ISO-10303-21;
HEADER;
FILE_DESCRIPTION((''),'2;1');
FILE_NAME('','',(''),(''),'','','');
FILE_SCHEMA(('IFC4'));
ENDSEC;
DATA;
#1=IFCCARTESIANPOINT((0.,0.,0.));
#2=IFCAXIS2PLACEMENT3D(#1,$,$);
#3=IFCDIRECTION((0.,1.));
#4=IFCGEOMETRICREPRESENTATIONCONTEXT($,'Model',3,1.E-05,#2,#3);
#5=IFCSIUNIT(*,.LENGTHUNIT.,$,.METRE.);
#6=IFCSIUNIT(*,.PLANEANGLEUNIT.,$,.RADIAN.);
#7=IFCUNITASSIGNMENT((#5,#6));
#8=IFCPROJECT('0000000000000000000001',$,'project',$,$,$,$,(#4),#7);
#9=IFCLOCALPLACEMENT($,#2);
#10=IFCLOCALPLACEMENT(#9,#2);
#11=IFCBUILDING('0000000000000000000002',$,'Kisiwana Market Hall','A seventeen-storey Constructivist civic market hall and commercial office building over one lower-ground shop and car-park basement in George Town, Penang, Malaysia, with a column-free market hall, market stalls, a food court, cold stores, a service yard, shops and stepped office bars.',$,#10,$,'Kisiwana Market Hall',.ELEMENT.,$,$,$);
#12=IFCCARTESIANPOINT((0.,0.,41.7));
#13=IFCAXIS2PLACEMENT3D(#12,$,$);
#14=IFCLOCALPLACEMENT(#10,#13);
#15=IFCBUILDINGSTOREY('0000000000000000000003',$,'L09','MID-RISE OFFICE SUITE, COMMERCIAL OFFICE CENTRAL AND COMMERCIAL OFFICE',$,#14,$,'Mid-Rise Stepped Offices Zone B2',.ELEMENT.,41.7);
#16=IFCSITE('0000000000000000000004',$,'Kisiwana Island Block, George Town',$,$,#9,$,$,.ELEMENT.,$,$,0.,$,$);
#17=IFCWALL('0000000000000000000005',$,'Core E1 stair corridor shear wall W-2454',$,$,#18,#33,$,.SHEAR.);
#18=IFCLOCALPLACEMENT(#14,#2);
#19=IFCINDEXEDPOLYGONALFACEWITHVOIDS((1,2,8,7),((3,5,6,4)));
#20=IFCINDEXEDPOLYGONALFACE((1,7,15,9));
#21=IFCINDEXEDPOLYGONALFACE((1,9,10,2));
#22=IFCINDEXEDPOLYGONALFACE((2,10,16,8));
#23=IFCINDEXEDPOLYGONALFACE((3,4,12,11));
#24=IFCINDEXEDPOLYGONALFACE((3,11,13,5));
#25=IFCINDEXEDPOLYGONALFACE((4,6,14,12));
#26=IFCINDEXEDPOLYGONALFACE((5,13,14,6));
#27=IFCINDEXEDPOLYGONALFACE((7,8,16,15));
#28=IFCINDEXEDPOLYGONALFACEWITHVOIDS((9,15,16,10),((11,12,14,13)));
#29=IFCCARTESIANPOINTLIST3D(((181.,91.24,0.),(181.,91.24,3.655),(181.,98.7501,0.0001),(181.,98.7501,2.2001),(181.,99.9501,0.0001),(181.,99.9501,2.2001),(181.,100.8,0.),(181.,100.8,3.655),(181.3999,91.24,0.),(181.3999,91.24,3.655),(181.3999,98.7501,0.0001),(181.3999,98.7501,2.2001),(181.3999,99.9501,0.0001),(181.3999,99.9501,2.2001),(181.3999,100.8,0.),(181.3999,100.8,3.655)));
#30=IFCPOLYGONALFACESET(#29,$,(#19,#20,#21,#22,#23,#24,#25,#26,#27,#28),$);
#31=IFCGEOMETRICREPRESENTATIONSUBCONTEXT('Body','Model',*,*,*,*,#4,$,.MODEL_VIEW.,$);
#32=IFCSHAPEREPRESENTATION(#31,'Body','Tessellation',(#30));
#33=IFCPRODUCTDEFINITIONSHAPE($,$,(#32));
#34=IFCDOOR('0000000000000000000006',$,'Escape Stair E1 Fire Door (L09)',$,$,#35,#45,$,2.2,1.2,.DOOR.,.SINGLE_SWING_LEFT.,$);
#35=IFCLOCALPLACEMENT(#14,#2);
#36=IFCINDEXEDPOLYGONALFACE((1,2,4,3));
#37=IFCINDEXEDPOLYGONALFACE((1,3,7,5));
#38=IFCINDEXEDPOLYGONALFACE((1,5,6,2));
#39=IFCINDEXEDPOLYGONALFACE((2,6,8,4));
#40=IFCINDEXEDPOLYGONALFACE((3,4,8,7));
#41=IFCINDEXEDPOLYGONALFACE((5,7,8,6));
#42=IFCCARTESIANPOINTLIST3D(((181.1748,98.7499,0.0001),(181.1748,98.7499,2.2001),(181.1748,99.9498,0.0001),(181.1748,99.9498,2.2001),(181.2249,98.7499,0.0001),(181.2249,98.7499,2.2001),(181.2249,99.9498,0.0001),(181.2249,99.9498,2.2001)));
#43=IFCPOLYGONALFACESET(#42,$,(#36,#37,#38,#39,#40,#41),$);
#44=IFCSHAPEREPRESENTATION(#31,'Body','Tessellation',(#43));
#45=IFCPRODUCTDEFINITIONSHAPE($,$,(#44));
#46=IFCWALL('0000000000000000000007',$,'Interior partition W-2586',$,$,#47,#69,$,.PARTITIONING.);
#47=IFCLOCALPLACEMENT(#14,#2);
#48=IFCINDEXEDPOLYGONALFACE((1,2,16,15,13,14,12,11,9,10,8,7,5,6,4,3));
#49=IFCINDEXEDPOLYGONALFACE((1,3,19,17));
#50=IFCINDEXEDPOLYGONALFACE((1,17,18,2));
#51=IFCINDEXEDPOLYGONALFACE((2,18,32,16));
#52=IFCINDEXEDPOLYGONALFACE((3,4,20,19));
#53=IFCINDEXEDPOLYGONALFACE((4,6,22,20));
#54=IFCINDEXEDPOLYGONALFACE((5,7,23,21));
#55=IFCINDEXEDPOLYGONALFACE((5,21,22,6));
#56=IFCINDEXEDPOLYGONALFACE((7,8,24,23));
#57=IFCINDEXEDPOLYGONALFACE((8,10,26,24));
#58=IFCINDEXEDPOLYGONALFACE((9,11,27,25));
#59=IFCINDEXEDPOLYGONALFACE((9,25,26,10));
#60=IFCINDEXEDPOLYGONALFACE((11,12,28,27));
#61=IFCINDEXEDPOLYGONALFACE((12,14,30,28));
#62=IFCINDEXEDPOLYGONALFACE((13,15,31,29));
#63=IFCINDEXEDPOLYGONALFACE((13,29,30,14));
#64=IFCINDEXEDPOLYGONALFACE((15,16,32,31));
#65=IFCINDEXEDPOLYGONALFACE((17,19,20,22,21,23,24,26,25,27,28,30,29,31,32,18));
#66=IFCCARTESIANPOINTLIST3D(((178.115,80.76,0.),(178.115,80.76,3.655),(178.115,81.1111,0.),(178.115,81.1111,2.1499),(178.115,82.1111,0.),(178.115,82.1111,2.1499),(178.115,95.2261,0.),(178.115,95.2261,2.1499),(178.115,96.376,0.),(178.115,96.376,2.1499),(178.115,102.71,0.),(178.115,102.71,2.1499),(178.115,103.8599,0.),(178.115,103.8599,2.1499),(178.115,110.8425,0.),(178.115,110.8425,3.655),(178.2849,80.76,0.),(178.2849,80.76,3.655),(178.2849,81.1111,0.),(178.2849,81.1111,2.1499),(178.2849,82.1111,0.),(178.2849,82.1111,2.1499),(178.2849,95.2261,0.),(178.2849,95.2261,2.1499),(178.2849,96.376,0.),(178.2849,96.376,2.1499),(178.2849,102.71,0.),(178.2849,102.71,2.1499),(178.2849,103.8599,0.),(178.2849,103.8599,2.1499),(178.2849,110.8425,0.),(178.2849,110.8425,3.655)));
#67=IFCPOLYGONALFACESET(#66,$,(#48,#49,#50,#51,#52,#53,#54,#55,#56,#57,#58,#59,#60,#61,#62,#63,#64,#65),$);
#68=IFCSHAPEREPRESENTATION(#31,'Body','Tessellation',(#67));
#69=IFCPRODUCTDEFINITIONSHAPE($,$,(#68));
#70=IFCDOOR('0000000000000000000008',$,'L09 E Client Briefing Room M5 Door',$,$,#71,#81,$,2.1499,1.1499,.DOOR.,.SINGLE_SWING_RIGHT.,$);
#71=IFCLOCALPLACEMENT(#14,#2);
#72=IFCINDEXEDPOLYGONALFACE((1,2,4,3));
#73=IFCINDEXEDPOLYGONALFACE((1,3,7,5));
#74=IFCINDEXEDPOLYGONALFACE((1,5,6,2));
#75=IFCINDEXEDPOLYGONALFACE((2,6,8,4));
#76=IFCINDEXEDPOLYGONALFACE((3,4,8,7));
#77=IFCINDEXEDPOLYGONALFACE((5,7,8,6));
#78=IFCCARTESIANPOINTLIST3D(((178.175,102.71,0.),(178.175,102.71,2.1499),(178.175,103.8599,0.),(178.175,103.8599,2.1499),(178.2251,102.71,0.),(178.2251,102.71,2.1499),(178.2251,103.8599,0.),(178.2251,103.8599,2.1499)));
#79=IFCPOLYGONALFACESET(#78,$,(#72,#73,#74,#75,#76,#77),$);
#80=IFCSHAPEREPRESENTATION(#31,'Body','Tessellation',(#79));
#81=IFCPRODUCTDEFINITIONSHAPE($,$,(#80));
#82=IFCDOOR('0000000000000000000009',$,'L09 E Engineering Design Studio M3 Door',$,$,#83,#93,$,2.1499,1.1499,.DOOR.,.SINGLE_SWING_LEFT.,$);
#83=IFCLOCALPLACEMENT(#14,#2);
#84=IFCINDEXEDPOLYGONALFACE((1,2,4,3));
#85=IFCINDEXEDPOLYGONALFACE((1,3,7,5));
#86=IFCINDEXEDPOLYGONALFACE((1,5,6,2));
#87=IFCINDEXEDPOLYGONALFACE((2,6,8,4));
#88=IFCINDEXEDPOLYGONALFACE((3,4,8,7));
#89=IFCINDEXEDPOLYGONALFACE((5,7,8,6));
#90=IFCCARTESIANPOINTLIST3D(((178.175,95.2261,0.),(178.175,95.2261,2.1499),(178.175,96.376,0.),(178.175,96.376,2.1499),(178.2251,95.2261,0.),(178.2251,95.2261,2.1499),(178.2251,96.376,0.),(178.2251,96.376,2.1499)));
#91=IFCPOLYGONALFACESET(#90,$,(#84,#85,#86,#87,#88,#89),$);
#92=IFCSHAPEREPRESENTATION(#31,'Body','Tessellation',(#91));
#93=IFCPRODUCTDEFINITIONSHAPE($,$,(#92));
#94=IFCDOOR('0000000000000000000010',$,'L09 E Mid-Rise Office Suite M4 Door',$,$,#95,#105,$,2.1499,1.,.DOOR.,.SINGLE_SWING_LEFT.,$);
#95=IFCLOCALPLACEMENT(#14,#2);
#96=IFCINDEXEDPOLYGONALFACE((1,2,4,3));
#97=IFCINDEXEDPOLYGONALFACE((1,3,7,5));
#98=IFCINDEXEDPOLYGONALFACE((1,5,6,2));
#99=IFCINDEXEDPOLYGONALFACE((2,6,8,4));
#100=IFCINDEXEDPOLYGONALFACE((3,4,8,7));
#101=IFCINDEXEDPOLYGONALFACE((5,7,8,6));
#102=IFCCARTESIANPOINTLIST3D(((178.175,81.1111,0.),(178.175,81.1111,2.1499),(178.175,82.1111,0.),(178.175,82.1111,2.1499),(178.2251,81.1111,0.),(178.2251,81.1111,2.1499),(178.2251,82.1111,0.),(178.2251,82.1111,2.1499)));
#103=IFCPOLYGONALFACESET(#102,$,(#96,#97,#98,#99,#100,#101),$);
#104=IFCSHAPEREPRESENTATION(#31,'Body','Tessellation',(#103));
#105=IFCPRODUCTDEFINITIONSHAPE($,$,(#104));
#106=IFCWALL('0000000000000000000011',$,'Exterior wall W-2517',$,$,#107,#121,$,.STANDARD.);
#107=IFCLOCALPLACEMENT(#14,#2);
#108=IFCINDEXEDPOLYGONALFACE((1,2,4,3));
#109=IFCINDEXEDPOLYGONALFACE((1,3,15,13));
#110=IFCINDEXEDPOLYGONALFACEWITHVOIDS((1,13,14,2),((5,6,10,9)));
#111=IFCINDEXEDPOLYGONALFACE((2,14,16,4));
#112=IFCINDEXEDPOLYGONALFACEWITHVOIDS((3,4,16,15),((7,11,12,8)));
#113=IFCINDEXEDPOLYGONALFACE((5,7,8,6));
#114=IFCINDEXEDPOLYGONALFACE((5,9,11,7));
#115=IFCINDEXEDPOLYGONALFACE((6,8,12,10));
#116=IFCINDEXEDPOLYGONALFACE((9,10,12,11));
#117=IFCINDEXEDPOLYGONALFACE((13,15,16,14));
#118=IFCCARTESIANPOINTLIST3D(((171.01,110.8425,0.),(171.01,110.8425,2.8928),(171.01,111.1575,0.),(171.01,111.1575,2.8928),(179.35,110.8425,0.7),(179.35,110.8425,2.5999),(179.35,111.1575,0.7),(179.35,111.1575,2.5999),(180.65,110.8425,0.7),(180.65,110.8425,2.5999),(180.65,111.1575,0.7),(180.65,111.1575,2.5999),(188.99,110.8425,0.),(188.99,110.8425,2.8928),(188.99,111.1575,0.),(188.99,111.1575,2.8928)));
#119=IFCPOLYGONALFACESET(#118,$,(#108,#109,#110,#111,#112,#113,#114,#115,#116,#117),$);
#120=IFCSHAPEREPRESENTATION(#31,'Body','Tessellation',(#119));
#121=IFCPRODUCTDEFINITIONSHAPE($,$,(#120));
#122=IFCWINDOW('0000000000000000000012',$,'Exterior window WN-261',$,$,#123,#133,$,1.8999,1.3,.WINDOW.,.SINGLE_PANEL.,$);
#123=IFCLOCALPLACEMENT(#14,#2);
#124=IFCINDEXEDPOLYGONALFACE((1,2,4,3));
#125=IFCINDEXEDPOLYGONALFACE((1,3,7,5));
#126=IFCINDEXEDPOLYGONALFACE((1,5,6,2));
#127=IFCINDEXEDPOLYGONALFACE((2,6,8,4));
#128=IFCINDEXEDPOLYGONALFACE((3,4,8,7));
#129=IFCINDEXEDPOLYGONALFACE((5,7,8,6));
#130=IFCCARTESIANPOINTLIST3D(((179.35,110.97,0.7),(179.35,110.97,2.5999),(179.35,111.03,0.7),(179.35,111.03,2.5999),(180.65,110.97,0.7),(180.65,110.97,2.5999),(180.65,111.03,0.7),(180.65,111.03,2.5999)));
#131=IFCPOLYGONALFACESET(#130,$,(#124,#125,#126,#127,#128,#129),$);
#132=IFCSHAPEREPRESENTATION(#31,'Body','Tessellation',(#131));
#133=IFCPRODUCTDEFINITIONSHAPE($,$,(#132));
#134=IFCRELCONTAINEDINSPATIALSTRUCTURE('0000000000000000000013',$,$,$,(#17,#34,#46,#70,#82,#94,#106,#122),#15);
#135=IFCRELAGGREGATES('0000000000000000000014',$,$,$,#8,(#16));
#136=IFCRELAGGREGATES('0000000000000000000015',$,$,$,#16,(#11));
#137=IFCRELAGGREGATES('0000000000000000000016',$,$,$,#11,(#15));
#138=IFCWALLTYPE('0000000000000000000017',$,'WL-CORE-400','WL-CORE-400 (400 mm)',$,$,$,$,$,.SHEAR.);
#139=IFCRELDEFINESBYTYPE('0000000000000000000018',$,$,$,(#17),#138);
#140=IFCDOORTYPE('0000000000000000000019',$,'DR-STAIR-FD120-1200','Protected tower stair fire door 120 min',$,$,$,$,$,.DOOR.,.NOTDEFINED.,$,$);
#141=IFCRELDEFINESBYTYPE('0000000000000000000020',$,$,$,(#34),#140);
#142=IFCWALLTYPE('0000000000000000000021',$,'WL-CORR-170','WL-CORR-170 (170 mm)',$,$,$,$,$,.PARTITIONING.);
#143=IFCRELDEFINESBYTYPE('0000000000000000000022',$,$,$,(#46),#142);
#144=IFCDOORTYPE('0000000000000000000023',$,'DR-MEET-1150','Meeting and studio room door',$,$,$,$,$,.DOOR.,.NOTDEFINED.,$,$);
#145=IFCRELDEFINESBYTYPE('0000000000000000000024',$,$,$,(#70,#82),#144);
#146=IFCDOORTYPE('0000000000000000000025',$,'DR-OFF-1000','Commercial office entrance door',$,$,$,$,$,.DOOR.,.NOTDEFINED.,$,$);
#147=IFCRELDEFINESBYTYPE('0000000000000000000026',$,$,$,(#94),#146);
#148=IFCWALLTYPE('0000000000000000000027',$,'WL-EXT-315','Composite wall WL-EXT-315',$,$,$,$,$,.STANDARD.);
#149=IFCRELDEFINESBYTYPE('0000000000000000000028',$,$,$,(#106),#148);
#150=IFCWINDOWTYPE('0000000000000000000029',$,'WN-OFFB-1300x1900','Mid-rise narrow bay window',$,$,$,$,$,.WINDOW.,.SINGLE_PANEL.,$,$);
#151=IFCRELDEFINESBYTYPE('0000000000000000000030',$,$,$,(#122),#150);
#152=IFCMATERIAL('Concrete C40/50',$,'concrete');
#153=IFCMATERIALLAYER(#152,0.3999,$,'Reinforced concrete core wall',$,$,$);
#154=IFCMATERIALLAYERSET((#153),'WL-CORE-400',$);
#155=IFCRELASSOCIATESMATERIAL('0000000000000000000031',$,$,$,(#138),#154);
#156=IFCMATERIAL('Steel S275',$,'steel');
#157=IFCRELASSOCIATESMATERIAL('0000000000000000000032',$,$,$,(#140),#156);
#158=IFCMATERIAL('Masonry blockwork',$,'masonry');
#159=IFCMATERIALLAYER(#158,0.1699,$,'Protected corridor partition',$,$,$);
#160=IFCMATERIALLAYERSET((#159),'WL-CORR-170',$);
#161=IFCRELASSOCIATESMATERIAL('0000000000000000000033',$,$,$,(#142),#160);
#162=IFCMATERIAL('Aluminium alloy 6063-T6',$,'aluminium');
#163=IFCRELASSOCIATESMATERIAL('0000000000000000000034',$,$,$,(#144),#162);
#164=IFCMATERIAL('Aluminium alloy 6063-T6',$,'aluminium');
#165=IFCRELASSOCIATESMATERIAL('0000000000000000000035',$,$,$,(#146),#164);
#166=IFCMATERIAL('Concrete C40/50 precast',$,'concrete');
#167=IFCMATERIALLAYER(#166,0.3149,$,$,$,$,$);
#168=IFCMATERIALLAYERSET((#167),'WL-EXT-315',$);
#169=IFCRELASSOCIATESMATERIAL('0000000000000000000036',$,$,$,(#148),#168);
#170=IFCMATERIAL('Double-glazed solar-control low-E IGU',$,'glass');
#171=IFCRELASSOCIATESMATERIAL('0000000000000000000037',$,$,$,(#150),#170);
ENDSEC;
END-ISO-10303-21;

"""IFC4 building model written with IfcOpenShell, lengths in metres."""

from ifc_helpers import new_model, si_unit, direction, frame, frame_2d, origin, place, context, subcontext, project, spatial, rectangle, extrude, material, layer, layer_set, type_object, element, fill, save


model = new_model("IFC4")

# Units and contexts
model_context = context("Model", 3, precision=1e-05, world=origin(), true_north=direction((0.0, 1.0)))
body_context = subcontext(model_context, "Body", "Model", "MODEL_VIEW")
ifc_project = project(units=[si_unit("LENGTHUNIT", "METRE"), si_unit("PLANEANGLEUNIT", "RADIAN")], contexts=[model_context])

# Site, building, storey
site_placement = place(None, origin())
site = spatial("IfcSite", under=ifc_project, at=site_placement, Name="Kisiwana Island Block, George Town", CompositionType="ELEMENT", RefElevation=0.0)
building_placement = place(site_placement, origin())
building = spatial("IfcBuilding", under=site, at=building_placement, Name="Kisiwana Market Hall", Description="A seventeen-storey Constructivist civic market hall and commercial office building over one lower-ground shop and car-park basement in George Town, Penang, Malaysia, with a column-free market hall, market stalls, a food court, cold stores, a service yard, shops and stepped office bars.", LongName="Kisiwana Market Hall", CompositionType="ELEMENT")
storey_placement = place(building_placement, frame((0.0, 0.0, 41.7)))
storey = spatial("IfcBuildingStorey", under=building, at=storey_placement, Name="L09", Description="MID-RISE OFFICE SUITE, COMMERCIAL OFFICE CENTRAL AND COMMERCIAL OFFICE", LongName="Mid-Rise Stepped Offices Zone B2", CompositionType="ELEMENT", Elevation=41.7)

# Shared definitions
ifc_material_1 = material(Name="Concrete C40/50", Category="concrete")
ifc_layer_1 = layer(ifc_material_1, 0.3999, Name="Reinforced concrete core wall")
ifc_layer_set_1 = layer_set([ifc_layer_1], Name="WL-CORE-400")
wall_type_1 = type_object("IfcWallType", Name="WL-CORE-400", Description="WL-CORE-400 (400 mm)", PredefinedType="SHEAR", material=ifc_layer_set_1)

# Wall, opening, door
wall_1_placement = place(storey_placement, frame((181.2, 91.24, 0.0), z_axis=(0.0, 0.0, 1.0), x_axis=(0.0, 1.0, 0.0)))
wall_1 = element("IfcWall", 1, at=wall_1_placement, inside=storey, type_object=wall_type_1, Name="Core E1 stair corridor shear wall W-2454", PredefinedType="SHEAR", context=body_context, shape_type="SweptSolid", body=[
    extrude(rectangle(XDim=9.5601, YDim=0.3999, at=frame_2d((4.78, 0.0))), origin(), (0.0, 0.0, 1.0), 3.655),
])
opening_1_placement = place(wall_1_placement, frame((7.51, 0.0, 0.0)))
opening_1 = element("IfcOpeningElement", 2, at=opening_1_placement, cuts=wall_1, PredefinedType="OPENING", context=body_context, shape_type="SweptSolid", body=[
    extrude(rectangle(XDim=1.2, YDim=2.2, at=frame_2d((0.6001, 1.1001))), frame((0.0, 0.2119, 0.0), z_axis=(0.0, -1.0, 0.0), x_axis=(1.0, 0.0, 0.0)), (0.0, 0.0, 1.0), 0.4238),
])
ifc_material_2 = material(Name="Steel S275", Category="steel")
door_type_1 = type_object("IfcDoorType", Name="DR-STAIR-FD120-1200", Description="Protected tower stair fire door 120 min", OperationType="NOTDEFINED", PredefinedType="DOOR", material=ifc_material_2)
door_1_placement = place(opening_1_placement, frame((1.2, 0.0, 0.0), z_axis=(0.0, 0.0, 1.0), x_axis=(-1.0, 0.0, 0.0)))
door_1 = element("IfcDoor", 3, at=door_1_placement, inside=storey, type_object=door_type_1, Name="Escape Stair E1 Fire Door (L09)", OperationType="SINGLE_SWING_LEFT", OverallHeight=2.2, OverallWidth=1.2, PredefinedType="DOOR", context=body_context, shape_type="SweptSolid", body=[
    extrude(rectangle(XDim=1.2, YDim=2.2, at=frame_2d((0.6001, 1.1001))), frame((0.0, 0.0249, 0.0), z_axis=(0.0, -1.0, 0.0), x_axis=(1.0, 0.0, 0.0)), (0.0, 0.0, 1.0), 0.05),
])
fill(opening_1, door_1)

# Wall, openings, doors
ifc_material_3 = material(Name="Masonry blockwork", Category="masonry")
ifc_layer_2 = layer(ifc_material_3, 0.1699, Name="Protected corridor partition")
ifc_layer_set_2 = layer_set([ifc_layer_2], Name="WL-CORR-170")
wall_type_2 = type_object("IfcWallType", Name="WL-CORR-170", Description="WL-CORR-170 (170 mm)", PredefinedType="PARTITIONING", material=ifc_layer_set_2)
wall_2_placement = place(storey_placement, frame((178.2, 80.76, 0.0), z_axis=(0.0, 0.0, 1.0), x_axis=(0.0, 1.0, 0.0)))
wall_2 = element("IfcWall", 4, at=wall_2_placement, inside=storey, type_object=wall_type_2, Name="Interior partition W-2586", PredefinedType="PARTITIONING", context=body_context, shape_type="SweptSolid", body=[
    extrude(rectangle(XDim=30.0825, YDim=0.1699, at=frame_2d((15.0413, 0.0))), origin(), (0.0, 0.0, 1.0), 3.655),
])
opening_2_placement = place(wall_2_placement, frame((0.3511, 0.0, 0.0)))
opening_2 = element("IfcOpeningElement", 5, at=opening_2_placement, cuts=wall_2, PredefinedType="OPENING", context=body_context, shape_type="SweptSolid", body=[
    extrude(rectangle(XDim=1.0, YDim=2.1499, at=frame_2d((0.5, 1.075))), frame((0.0, 0.0969, 0.0), z_axis=(0.0, -1.0, 0.0), x_axis=(1.0, 0.0, 0.0)), (0.0, 0.0, 1.0), 0.1938),
])
opening_3_placement = place(wall_2_placement, frame((21.95, 0.0, 0.0)))
opening_3 = element("IfcOpeningElement", 6, at=opening_3_placement, cuts=wall_2, PredefinedType="OPENING", context=body_context, shape_type="SweptSolid", body=[
    extrude(rectangle(XDim=1.1499, YDim=2.1499, at=frame_2d((0.575, 1.075))), frame((0.0, 0.0969, 0.0), z_axis=(0.0, -1.0, 0.0), x_axis=(1.0, 0.0, 0.0)), (0.0, 0.0, 1.0), 0.1938),
])
opening_4_placement = place(wall_2_placement, frame((14.4661, 0.0, 0.0)))
opening_4 = element("IfcOpeningElement", 7, at=opening_4_placement, cuts=wall_2, PredefinedType="OPENING", context=body_context, shape_type="SweptSolid", body=[
    extrude(rectangle(XDim=1.1499, YDim=2.1499, at=frame_2d((0.575, 1.075))), frame((0.0, 0.0969, 0.0), z_axis=(0.0, -1.0, 0.0), x_axis=(1.0, 0.0, 0.0)), (0.0, 0.0, 1.0), 0.1938),
])
ifc_material_4 = material(Name="Aluminium alloy 6063-T6", Category="aluminium")
door_type_2 = type_object("IfcDoorType", Name="DR-MEET-1150", Description="Meeting and studio room door", OperationType="NOTDEFINED", PredefinedType="DOOR", material=ifc_material_4)
door_2_placement = place(opening_3_placement, origin())
door_2 = element("IfcDoor", 8, at=door_2_placement, inside=storey, type_object=door_type_2, Name="L09 E Client Briefing Room M5 Door", OperationType="SINGLE_SWING_RIGHT", OverallHeight=2.1499, OverallWidth=1.1499, PredefinedType="DOOR", context=body_context, shape_type="SweptSolid", body=[
    extrude(rectangle(XDim=1.1499, YDim=2.1499, at=frame_2d((0.575, 1.075))), frame((0.0, 0.0249, 0.0), z_axis=(0.0, -1.0, 0.0), x_axis=(1.0, 0.0, 0.0)), (0.0, 0.0, 1.0), 0.05),
])
fill(opening_3, door_2)
door_3_placement = place(opening_4_placement, origin())
door_3 = element("IfcDoor", 9, at=door_3_placement, inside=storey, type_object=door_type_2, Name="L09 E Engineering Design Studio M3 Door", OperationType="SINGLE_SWING_LEFT", OverallHeight=2.1499, OverallWidth=1.1499, PredefinedType="DOOR", context=body_context, shape_type="SweptSolid", body=[
    extrude(rectangle(XDim=1.1499, YDim=2.1499, at=frame_2d((0.575, 1.075))), frame((0.0, 0.0249, 0.0), z_axis=(0.0, -1.0, 0.0), x_axis=(1.0, 0.0, 0.0)), (0.0, 0.0, 1.0), 0.05),
])
fill(opening_4, door_3)
ifc_material_5 = material(Name="Aluminium alloy 6063-T6", Category="aluminium")
door_type_3 = type_object("IfcDoorType", Name="DR-OFF-1000", Description="Commercial office entrance door", OperationType="NOTDEFINED", PredefinedType="DOOR", material=ifc_material_5)
door_4_placement = place(opening_2_placement, origin())
door_4 = element("IfcDoor", 10, at=door_4_placement, inside=storey, type_object=door_type_3, Name="L09 E Mid-Rise Office Suite M4 Door", OperationType="SINGLE_SWING_LEFT", OverallHeight=2.1499, OverallWidth=1.0, PredefinedType="DOOR", context=body_context, shape_type="SweptSolid", body=[
    extrude(rectangle(XDim=1.0, YDim=2.1499, at=frame_2d((0.5, 1.075))), frame((0.0, 0.0249, 0.0), z_axis=(0.0, -1.0, 0.0), x_axis=(1.0, 0.0, 0.0)), (0.0, 0.0, 1.0), 0.05),
])
fill(opening_2, door_4)

# Wall, opening, window
ifc_material_6 = material(Name="Concrete C40/50 precast", Category="concrete")
ifc_layer_3 = layer(ifc_material_6, 0.3149)
ifc_layer_set_3 = layer_set([ifc_layer_3], Name="WL-EXT-315")
wall_type_3 = type_object("IfcWallType", Name="WL-EXT-315", Description="Composite wall WL-EXT-315", PredefinedType="STANDARD", material=ifc_layer_set_3)
wall_3_placement = place(storey_placement, frame((171.01, 111.0, 0.0), z_axis=(0.0, 0.0, 1.0), x_axis=(1.0, 0.0, 0.0)))
wall_3 = element("IfcWall", 11, at=wall_3_placement, inside=storey, type_object=wall_type_3, Name="Exterior wall W-2517", PredefinedType="STANDARD", context=body_context, shape_type="SweptSolid", body=[
    extrude(rectangle(XDim=17.98, YDim=0.3149, at=frame_2d((8.99, 0.0))), origin(), (0.0, 0.0, 1.0), 2.8928),
])
opening_5_placement = place(wall_3_placement, frame((8.3401, 0.0, 0.7)))
opening_5 = element("IfcOpeningElement", 12, at=opening_5_placement, cuts=wall_3, PredefinedType="OPENING", context=body_context, shape_type="SweptSolid", body=[
    extrude(rectangle(XDim=1.3, YDim=1.8999, at=frame_2d((0.6499, 0.95))), frame((0.0, 0.1694, 0.0), z_axis=(0.0, -1.0, 0.0), x_axis=(1.0, 0.0, 0.0)), (0.0, 0.0, 1.0), 0.3389),
])
ifc_material_7 = material(Name="Double-glazed solar-control low-E IGU", Category="glass")
window_type = type_object("IfcWindowType", Name="WN-OFFB-1300x1900", Description="Mid-rise narrow bay window", PartitioningType="SINGLE_PANEL", PredefinedType="WINDOW", material=ifc_material_7)
window_placement = place(opening_5_placement, origin())
window = element("IfcWindow", 13, at=window_placement, inside=storey, type_object=window_type, Name="Exterior window WN-261", OverallHeight=1.8999, OverallWidth=1.3, PartitioningType="SINGLE_PANEL", PredefinedType="WINDOW", context=body_context, shape_type="SweptSolid", body=[
    extrude(rectangle(XDim=1.3, YDim=1.8999, at=frame_2d((0.6499, 0.95))), frame((0.0, 0.03, 0.0), z_axis=(0.0, -1.0, 0.0), x_axis=(1.0, 0.0, 0.0)), (0.0, 0.0, 1.0), 0.0601),
])
fill(opening_5, window)

save(model, "model.ifc")
